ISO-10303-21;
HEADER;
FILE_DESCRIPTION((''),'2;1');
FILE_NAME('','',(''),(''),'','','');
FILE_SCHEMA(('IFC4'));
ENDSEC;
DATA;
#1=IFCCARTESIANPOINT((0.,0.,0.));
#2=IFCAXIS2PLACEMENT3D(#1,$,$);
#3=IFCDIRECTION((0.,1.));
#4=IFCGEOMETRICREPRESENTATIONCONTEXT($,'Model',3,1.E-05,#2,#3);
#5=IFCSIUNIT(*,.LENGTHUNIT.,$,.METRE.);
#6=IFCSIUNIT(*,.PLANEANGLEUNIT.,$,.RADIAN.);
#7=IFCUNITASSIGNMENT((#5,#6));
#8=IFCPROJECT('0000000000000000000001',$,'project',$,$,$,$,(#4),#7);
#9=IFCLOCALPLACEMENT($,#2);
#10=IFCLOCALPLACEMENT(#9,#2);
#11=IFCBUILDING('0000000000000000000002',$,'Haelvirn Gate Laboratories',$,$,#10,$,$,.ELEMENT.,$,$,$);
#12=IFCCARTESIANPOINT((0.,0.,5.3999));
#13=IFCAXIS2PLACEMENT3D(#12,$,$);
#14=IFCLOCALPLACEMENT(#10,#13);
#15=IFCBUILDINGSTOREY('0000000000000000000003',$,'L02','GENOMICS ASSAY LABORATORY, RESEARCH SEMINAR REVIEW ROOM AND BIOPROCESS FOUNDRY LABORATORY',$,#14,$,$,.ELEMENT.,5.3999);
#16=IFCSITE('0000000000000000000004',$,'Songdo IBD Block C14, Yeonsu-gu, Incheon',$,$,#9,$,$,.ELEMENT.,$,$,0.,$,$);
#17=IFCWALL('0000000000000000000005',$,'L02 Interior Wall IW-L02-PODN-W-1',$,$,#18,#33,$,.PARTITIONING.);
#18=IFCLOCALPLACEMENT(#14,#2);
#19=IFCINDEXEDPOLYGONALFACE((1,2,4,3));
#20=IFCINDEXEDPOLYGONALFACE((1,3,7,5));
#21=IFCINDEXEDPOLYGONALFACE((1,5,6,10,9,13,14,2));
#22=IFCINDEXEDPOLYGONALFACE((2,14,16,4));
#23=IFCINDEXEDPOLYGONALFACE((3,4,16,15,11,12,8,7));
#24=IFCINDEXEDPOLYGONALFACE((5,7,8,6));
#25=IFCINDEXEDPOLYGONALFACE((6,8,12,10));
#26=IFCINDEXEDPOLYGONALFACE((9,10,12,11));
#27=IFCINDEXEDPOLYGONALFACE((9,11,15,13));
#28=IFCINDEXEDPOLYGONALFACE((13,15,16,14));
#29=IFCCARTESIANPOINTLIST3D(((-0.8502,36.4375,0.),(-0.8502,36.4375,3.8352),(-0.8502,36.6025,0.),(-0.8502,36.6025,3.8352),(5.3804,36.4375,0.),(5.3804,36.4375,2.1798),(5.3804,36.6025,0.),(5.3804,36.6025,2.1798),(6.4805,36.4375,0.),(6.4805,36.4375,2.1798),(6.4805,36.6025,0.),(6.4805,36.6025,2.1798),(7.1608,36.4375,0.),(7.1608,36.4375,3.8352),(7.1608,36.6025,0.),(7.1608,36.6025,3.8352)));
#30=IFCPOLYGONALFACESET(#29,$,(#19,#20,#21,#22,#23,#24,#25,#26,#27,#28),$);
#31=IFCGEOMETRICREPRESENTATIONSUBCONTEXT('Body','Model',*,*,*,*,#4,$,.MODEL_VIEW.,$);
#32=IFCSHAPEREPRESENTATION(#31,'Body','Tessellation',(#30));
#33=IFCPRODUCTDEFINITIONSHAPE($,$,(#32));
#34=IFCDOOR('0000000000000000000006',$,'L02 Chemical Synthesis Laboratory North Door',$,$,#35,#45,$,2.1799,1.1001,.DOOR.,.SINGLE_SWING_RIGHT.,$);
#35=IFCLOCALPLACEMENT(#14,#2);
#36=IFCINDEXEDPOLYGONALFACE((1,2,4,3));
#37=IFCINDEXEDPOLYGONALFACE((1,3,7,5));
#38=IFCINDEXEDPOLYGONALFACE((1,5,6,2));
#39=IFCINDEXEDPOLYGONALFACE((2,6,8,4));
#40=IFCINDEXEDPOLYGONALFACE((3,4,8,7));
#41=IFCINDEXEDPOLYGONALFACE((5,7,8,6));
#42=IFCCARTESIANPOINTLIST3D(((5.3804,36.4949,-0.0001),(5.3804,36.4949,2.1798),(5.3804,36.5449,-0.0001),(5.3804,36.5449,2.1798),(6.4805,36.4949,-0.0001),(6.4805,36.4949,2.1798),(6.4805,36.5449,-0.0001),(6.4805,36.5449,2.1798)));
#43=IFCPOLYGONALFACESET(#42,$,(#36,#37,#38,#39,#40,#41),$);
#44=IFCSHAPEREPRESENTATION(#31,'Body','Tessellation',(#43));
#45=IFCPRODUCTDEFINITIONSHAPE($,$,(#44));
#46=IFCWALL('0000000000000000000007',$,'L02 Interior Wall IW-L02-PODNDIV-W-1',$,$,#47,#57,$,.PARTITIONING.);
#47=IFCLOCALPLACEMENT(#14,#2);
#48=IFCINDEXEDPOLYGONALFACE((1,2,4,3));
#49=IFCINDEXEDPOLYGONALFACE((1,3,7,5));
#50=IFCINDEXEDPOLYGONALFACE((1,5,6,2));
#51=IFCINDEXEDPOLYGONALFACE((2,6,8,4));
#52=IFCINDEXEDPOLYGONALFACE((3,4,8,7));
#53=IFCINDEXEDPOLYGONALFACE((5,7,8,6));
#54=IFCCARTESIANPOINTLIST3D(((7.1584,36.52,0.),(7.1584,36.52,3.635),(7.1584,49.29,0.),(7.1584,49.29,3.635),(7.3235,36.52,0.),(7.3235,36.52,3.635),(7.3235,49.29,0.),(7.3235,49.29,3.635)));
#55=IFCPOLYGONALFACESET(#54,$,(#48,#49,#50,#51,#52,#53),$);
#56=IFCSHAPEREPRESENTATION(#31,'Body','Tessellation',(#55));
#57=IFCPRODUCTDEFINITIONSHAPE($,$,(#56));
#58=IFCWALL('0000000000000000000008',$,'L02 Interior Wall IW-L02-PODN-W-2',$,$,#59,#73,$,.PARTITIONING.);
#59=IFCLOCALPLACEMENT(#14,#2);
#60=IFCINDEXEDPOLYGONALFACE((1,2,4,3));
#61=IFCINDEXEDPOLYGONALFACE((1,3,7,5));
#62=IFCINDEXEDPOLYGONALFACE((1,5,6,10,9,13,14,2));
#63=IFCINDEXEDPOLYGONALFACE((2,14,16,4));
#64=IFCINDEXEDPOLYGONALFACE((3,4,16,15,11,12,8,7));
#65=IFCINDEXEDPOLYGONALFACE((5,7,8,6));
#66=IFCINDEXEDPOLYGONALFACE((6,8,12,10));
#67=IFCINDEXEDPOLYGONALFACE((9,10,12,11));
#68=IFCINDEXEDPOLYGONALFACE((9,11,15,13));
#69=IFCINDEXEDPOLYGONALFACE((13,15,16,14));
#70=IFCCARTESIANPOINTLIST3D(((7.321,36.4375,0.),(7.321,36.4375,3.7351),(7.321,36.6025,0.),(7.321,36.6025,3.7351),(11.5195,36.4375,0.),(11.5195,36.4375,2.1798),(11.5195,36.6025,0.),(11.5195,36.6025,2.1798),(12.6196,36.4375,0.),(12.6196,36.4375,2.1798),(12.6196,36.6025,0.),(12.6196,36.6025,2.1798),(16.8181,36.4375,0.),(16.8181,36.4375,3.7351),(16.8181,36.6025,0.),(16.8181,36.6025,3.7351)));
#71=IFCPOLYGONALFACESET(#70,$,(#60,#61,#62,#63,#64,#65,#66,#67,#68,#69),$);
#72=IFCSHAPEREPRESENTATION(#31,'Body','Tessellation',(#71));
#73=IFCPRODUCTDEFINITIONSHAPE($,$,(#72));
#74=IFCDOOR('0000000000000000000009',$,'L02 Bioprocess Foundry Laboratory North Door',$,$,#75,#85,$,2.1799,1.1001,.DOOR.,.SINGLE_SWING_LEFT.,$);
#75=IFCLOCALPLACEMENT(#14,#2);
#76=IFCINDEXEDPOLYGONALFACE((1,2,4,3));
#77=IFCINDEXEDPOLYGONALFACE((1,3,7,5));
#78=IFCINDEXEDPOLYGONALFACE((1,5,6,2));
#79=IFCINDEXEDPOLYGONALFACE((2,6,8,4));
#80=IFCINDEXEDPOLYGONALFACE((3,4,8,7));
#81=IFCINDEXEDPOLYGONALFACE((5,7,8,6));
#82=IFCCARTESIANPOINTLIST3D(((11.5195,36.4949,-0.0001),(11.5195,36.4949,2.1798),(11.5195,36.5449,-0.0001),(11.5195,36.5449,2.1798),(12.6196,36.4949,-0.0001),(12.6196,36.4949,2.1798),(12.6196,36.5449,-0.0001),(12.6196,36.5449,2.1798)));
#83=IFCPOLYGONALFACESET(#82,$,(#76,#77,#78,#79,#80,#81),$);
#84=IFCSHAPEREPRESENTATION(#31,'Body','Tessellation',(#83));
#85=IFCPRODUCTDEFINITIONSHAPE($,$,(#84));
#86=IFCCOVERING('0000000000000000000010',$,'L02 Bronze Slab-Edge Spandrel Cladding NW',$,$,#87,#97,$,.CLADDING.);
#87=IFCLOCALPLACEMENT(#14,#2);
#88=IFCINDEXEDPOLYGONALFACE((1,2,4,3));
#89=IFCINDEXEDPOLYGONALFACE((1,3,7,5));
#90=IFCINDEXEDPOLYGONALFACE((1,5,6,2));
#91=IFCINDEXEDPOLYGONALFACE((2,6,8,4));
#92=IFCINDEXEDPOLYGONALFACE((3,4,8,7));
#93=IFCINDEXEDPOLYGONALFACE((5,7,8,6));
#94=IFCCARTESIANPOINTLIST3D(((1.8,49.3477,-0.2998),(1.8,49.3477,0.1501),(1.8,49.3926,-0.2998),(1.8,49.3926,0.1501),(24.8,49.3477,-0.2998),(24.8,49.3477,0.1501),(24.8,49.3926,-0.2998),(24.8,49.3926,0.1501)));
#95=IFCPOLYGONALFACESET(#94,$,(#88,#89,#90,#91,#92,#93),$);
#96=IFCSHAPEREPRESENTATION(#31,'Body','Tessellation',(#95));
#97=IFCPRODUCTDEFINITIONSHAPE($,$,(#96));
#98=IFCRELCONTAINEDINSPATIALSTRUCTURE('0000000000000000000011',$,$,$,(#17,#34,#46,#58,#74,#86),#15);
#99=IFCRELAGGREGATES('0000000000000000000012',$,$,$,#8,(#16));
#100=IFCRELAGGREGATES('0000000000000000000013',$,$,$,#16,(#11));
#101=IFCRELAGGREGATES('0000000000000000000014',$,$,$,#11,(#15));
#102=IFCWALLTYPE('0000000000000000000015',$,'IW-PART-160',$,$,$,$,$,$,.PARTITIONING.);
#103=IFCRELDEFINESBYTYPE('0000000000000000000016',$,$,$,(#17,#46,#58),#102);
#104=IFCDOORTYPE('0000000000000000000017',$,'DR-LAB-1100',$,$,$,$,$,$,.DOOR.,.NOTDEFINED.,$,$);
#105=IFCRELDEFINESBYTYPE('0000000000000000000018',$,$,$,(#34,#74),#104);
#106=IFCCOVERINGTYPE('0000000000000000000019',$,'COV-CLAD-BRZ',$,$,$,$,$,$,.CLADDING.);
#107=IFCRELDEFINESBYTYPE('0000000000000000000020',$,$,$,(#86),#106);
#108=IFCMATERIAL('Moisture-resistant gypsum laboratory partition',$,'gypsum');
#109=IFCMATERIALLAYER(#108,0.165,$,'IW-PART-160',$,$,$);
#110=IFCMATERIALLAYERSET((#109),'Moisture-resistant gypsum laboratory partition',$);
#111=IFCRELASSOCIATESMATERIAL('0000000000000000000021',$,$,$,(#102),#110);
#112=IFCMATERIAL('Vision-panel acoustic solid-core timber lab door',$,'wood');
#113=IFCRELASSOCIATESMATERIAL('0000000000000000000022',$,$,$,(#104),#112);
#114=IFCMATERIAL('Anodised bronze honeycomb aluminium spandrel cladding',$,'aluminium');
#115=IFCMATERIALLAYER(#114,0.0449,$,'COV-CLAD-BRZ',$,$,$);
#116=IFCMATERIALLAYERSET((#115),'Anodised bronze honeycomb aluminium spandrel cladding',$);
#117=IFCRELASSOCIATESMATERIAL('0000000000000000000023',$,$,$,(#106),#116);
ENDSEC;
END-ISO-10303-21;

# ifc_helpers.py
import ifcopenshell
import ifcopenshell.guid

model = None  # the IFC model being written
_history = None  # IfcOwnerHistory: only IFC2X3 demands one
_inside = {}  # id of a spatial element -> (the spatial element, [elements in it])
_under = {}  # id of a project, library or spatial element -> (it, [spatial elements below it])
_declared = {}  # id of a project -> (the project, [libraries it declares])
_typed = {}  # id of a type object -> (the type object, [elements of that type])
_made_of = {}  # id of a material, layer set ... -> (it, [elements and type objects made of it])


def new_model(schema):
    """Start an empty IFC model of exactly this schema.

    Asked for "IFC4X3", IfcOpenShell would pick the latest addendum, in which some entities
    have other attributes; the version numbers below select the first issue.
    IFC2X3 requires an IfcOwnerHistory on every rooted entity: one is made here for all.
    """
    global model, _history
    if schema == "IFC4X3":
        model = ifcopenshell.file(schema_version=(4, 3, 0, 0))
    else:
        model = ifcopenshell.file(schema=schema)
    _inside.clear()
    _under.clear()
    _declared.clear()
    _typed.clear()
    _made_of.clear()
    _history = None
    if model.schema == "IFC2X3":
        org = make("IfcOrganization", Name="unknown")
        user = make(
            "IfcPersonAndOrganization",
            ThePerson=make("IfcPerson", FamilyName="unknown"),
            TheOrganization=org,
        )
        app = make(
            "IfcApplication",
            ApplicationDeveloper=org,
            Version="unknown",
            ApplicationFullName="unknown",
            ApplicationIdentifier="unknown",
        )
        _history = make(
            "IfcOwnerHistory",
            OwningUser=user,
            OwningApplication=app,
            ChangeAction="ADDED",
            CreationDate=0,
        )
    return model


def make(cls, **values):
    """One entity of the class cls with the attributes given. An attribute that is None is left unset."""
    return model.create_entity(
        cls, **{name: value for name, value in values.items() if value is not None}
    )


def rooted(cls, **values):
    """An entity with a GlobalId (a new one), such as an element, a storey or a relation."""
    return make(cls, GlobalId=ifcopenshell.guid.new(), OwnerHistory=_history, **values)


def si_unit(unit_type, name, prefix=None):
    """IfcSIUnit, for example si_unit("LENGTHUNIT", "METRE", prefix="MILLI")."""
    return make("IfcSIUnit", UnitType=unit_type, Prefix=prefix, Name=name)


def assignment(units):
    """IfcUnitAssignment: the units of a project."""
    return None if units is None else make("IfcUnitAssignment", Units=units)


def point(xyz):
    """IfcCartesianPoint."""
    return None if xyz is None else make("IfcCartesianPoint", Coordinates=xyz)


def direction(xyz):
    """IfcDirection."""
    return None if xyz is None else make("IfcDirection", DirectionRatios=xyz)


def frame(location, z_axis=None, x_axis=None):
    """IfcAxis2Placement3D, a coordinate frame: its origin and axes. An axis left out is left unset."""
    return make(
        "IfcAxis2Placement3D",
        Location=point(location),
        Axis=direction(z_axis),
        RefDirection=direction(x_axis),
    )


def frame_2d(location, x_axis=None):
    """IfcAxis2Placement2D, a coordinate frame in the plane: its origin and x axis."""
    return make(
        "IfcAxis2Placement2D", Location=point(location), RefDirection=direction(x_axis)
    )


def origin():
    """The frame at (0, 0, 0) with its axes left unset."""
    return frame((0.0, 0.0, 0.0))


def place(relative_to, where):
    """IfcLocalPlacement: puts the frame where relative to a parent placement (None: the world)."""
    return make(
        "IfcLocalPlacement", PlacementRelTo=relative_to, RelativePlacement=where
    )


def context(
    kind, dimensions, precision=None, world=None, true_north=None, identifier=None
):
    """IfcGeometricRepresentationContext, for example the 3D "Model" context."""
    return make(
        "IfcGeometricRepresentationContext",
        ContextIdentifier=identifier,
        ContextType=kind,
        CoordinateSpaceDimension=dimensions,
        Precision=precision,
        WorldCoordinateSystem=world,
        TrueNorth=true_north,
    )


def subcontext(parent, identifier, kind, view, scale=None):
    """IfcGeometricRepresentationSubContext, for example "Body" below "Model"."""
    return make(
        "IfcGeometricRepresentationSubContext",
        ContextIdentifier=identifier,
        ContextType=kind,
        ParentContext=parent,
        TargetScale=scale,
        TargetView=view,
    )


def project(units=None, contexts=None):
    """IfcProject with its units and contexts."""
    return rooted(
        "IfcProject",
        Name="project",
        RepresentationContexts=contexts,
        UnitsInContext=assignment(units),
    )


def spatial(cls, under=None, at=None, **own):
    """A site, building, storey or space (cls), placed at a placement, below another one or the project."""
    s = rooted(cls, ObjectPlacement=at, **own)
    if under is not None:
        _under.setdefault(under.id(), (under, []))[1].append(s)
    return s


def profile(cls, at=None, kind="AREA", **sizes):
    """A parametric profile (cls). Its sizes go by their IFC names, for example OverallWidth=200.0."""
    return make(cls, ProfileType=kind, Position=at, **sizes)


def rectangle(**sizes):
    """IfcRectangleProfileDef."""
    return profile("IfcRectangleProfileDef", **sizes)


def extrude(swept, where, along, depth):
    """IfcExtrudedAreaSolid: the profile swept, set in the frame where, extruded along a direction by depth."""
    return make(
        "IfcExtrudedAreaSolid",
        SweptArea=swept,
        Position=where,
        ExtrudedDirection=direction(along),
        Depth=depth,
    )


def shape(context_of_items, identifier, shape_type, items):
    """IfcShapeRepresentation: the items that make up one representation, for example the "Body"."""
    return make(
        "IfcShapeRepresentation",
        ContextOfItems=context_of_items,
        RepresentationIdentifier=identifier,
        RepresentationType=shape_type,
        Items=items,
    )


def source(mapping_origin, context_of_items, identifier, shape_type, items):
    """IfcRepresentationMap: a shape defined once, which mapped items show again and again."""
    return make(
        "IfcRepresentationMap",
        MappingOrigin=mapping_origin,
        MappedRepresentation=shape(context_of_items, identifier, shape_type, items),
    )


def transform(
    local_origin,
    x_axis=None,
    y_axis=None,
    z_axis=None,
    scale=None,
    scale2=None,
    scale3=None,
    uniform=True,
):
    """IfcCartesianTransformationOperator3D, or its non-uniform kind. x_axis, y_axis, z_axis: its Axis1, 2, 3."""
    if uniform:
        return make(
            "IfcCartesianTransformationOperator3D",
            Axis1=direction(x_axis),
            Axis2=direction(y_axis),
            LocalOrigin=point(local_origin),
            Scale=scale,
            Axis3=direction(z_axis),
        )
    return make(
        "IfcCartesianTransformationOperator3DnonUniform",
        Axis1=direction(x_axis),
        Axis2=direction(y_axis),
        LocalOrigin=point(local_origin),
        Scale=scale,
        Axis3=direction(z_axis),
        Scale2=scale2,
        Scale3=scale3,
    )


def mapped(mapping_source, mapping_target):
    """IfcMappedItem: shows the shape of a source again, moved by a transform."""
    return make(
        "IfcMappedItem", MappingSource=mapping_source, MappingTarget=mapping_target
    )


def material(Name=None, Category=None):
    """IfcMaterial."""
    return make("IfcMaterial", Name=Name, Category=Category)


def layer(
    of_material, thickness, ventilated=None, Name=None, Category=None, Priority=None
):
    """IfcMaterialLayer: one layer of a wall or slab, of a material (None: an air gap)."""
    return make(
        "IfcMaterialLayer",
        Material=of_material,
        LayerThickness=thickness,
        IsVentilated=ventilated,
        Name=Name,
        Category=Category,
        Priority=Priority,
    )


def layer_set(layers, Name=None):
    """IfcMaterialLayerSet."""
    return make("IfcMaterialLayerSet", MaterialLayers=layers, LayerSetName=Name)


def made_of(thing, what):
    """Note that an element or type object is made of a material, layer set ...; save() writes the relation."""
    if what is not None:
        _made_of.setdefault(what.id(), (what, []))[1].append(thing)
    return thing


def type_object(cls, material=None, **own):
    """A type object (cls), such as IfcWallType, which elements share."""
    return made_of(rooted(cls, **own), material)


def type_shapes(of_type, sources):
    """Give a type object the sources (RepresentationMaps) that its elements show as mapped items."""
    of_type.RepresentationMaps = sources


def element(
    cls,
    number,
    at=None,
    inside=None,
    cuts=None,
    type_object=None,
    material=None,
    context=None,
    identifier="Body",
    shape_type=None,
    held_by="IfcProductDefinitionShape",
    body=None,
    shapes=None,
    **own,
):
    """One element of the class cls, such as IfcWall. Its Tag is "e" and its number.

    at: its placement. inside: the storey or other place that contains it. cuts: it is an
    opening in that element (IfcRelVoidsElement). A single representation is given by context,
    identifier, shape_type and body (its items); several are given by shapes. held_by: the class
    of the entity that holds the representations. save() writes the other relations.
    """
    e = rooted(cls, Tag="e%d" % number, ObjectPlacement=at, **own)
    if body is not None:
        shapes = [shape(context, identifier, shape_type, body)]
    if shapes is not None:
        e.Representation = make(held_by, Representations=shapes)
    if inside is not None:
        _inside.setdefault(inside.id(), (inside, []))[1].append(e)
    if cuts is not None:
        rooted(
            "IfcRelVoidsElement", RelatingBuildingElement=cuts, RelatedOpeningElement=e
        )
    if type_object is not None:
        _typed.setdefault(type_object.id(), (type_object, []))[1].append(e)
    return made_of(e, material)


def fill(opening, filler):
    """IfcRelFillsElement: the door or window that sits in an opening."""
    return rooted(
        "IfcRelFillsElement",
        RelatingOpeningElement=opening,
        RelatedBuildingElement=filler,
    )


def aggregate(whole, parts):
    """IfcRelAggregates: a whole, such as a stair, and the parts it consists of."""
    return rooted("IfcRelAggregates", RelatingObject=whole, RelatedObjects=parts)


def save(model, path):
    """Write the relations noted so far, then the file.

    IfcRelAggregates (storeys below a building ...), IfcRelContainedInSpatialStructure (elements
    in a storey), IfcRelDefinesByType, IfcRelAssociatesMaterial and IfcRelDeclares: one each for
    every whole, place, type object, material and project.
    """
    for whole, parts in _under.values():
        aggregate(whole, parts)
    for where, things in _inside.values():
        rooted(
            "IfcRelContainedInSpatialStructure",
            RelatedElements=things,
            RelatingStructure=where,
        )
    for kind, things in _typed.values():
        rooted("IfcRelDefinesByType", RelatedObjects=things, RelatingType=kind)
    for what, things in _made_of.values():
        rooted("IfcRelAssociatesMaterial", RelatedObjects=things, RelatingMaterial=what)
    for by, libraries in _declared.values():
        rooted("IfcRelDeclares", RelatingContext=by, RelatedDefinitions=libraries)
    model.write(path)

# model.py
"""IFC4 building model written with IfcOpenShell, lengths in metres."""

from ifc_helpers import new_model, si_unit, direction, frame, frame_2d, origin, place, context, subcontext, project, spatial, rectangle, extrude, source, transform, mapped, material, layer, layer_set, type_object, type_shapes, element, fill, save


model = new_model("IFC4")

# Units and contexts
model_context = context("Model", 3, precision=1e-05, world=origin(), true_north=direction((0.0, 1.0)))
body_context = subcontext(model_context, "Body", "Model", "MODEL_VIEW")
ifc_project = project(units=[si_unit("LENGTHUNIT", "METRE"), si_unit("PLANEANGLEUNIT", "RADIAN")], contexts=[model_context])

# Site, building, storey
site_placement = place(None, origin())
site = spatial("IfcSite", under=ifc_project, at=site_placement, Name="Songdo IBD Block C14, Yeonsu-gu, Incheon", CompositionType="ELEMENT", RefElevation=0.0)
building_placement = place(site_placement, origin())
building = spatial("IfcBuilding", under=site, at=building_placement, Name="Haelvirn Gate Laboratories", CompositionType="ELEMENT")
storey_placement = place(building_placement, frame((0.0, 0.0, 5.3999)))
storey = spatial("IfcBuildingStorey", under=building, at=storey_placement, Name="L02", Description="GENOMICS ASSAY LABORATORY, RESEARCH SEMINAR REVIEW ROOM AND BIOPROCESS FOUNDRY LABORATORY", CompositionType="ELEMENT", Elevation=5.3999)

# Wall, opening, door
ifc_material_1 = material(Name="Moisture-resistant gypsum laboratory partition", Category="gypsum")
ifc_layer_1 = layer(ifc_material_1, 0.165, Name="IW-PART-160")
ifc_layer_set_1 = layer_set([ifc_layer_1], Name="Moisture-resistant gypsum laboratory partition")
wall_type_1 = type_object("IfcWallType", Name="IW-PART-160", PredefinedType="PARTITIONING", material=ifc_layer_set_1)
wall_1_placement = place(storey_placement, frame((-0.8501, 36.52, 0.0), z_axis=(0.0, 0.0, 1.0), x_axis=(1.0, 0.0, 0.0)))
wall_1 = element("IfcWall", 1, at=wall_1_placement, inside=storey, type_object=wall_type_1, Name="L02 Interior Wall IW-L02-PODN-W-1", PredefinedType="PARTITIONING", context=body_context, shape_type="SweptSolid", body=[
    extrude(rectangle(XDim=8.011, YDim=0.165, at=frame_2d((4.0054, 0.0))), origin(), (0.0, 0.0, 1.0), 3.8352),
])
opening_1_placement = place(wall_1_placement, frame((6.2305, 0.0, 0.0)))
opening_1 = element("IfcOpeningElement", 2, at=opening_1_placement, cuts=wall_1, PredefinedType="OPENING", context=body_context, shape_type="SweptSolid", body=[
    extrude(rectangle(XDim=1.1001, YDim=2.1799, at=frame_2d((0.55, 1.0898))), frame((0.0, 0.0925, 0.0), z_axis=(0.0, -1.0, 0.0), x_axis=(1.0, 0.0, 0.0)), (0.0, 0.0, 1.0), 0.1851),
])
ifc_material_2 = material(Name="Vision-panel acoustic solid-core timber lab door", Category="wood")
door_type = type_object("IfcDoorType", Name="DR-LAB-1100", OperationType="NOTDEFINED", PredefinedType="DOOR", material=ifc_material_2)
shared_shape_1 = source(origin(), body_context, "Body", "SweptSolid", [
    extrude(rectangle(XDim=1.1001, YDim=2.1799, at=frame_2d((0.55, 1.0898))), frame((0.0, 0.0249, 0.0), z_axis=(0.0, -1.0, 0.0), x_axis=(1.0, 0.0, 0.0)), (0.0, 0.0, 1.0), 0.05),
])
type_shapes(door_type, [shared_shape_1])
door_1_placement = place(opening_1_placement, origin())
door_1 = element("IfcDoor", 3, at=door_1_placement, inside=storey, type_object=door_type, Name="L02 Chemical Synthesis Laboratory North Door", OperationType="SINGLE_SWING_RIGHT", OverallHeight=2.1799, OverallWidth=1.1001, PredefinedType="DOOR", context=body_context, shape_type="MappedRepresentation", body=[
    mapped(shared_shape_1, transform((0.0, 0.0, 0.0), scale=1.0)),
])
fill(opening_1, door_1)

# Wall
wall_2_placement = place(storey_placement, frame((7.241, 36.52, 0.0), z_axis=(0.0, 0.0, 1.0), x_axis=(0.0, 1.0, 0.0)))
element("IfcWall", 4, at=wall_2_placement, inside=storey, type_object=wall_type_1, Name="L02 Interior Wall IW-L02-PODNDIV-W-1", PredefinedType="PARTITIONING", context=body_context, shape_type="SweptSolid", body=[
    extrude(rectangle(XDim=12.77, YDim=0.165, at=frame_2d((6.385, 0.0))), origin(), (0.0, 0.0, 1.0), 3.635),
])

# Wall, opening, door
wall_3_placement = place(storey_placement, frame((7.321, 36.52, 0.0), z_axis=(0.0, 0.0, 1.0), x_axis=(1.0, 0.0, 0.0)))
wall_3 = element("IfcWall", 5, at=wall_3_placement, inside=storey, type_object=wall_type_1, Name="L02 Interior Wall IW-L02-PODN-W-2", PredefinedType="PARTITIONING", context=body_context, shape_type="SweptSolid", body=[
    extrude(rectangle(XDim=9.4971, YDim=0.165, at=frame_2d((4.7485, 0.0))), origin(), (0.0, 0.0, 1.0), 3.7351),
])
opening_2_placement = place(wall_3_placement, frame((4.1985, 0.0, 0.0)))
opening_2 = element("IfcOpeningElement", 6, at=opening_2_placement, cuts=wall_3, PredefinedType="OPENING", context=body_context, shape_type="SweptSolid", body=[
    extrude(rectangle(XDim=1.1001, YDim=2.1799, at=frame_2d((0.55, 1.0898))), frame((0.0, 0.0925, 0.0), z_axis=(0.0, -1.0, 0.0), x_axis=(1.0, 0.0, 0.0)), (0.0, 0.0, 1.0), 0.1851),
])
door_2_placement = place(opening_2_placement, origin())
door_2 = element("IfcDoor", 7, at=door_2_placement, inside=storey, type_object=door_type, Name="L02 Bioprocess Foundry Laboratory North Door", OperationType="SINGLE_SWING_LEFT", OverallHeight=2.1799, OverallWidth=1.1001, PredefinedType="DOOR", context=body_context, shape_type="MappedRepresentation", body=[
    mapped(shared_shape_1, transform((0.0, 0.0, 0.0), scale=1.0)),
])
fill(opening_2, door_2)

# Covering
ifc_material_3 = material(Name="Anodised bronze honeycomb aluminium spandrel cladding", Category="aluminium")
ifc_layer_2 = layer(ifc_material_3, 0.0449, Name="COV-CLAD-BRZ")
ifc_layer_set_2 = layer_set([ifc_layer_2], Name="Anodised bronze honeycomb aluminium spandrel cladding")
covering_type = type_object("IfcCoveringType", Name="COV-CLAD-BRZ", PredefinedType="CLADDING", material=ifc_layer_set_2)
covering_placement = place(storey_placement, frame((1.8, 49.3701, -0.2998), z_axis=(0.0, 0.0, 1.0), x_axis=(1.0, 0.0, 0.0)))
element("IfcCovering", 8, at=covering_placement, inside=storey, type_object=covering_type, Name="L02 Bronze Slab-Edge Spandrel Cladding NW", PredefinedType="CLADDING", context=body_context, shape_type="SweptSolid", body=[
    extrude(rectangle(XDim=23.0, YDim=0.0449, at=frame_2d((11.5, 0.0))), origin(), (0.0, 0.0, 1.0), 0.45),
])

save(model, "model.ifc")
